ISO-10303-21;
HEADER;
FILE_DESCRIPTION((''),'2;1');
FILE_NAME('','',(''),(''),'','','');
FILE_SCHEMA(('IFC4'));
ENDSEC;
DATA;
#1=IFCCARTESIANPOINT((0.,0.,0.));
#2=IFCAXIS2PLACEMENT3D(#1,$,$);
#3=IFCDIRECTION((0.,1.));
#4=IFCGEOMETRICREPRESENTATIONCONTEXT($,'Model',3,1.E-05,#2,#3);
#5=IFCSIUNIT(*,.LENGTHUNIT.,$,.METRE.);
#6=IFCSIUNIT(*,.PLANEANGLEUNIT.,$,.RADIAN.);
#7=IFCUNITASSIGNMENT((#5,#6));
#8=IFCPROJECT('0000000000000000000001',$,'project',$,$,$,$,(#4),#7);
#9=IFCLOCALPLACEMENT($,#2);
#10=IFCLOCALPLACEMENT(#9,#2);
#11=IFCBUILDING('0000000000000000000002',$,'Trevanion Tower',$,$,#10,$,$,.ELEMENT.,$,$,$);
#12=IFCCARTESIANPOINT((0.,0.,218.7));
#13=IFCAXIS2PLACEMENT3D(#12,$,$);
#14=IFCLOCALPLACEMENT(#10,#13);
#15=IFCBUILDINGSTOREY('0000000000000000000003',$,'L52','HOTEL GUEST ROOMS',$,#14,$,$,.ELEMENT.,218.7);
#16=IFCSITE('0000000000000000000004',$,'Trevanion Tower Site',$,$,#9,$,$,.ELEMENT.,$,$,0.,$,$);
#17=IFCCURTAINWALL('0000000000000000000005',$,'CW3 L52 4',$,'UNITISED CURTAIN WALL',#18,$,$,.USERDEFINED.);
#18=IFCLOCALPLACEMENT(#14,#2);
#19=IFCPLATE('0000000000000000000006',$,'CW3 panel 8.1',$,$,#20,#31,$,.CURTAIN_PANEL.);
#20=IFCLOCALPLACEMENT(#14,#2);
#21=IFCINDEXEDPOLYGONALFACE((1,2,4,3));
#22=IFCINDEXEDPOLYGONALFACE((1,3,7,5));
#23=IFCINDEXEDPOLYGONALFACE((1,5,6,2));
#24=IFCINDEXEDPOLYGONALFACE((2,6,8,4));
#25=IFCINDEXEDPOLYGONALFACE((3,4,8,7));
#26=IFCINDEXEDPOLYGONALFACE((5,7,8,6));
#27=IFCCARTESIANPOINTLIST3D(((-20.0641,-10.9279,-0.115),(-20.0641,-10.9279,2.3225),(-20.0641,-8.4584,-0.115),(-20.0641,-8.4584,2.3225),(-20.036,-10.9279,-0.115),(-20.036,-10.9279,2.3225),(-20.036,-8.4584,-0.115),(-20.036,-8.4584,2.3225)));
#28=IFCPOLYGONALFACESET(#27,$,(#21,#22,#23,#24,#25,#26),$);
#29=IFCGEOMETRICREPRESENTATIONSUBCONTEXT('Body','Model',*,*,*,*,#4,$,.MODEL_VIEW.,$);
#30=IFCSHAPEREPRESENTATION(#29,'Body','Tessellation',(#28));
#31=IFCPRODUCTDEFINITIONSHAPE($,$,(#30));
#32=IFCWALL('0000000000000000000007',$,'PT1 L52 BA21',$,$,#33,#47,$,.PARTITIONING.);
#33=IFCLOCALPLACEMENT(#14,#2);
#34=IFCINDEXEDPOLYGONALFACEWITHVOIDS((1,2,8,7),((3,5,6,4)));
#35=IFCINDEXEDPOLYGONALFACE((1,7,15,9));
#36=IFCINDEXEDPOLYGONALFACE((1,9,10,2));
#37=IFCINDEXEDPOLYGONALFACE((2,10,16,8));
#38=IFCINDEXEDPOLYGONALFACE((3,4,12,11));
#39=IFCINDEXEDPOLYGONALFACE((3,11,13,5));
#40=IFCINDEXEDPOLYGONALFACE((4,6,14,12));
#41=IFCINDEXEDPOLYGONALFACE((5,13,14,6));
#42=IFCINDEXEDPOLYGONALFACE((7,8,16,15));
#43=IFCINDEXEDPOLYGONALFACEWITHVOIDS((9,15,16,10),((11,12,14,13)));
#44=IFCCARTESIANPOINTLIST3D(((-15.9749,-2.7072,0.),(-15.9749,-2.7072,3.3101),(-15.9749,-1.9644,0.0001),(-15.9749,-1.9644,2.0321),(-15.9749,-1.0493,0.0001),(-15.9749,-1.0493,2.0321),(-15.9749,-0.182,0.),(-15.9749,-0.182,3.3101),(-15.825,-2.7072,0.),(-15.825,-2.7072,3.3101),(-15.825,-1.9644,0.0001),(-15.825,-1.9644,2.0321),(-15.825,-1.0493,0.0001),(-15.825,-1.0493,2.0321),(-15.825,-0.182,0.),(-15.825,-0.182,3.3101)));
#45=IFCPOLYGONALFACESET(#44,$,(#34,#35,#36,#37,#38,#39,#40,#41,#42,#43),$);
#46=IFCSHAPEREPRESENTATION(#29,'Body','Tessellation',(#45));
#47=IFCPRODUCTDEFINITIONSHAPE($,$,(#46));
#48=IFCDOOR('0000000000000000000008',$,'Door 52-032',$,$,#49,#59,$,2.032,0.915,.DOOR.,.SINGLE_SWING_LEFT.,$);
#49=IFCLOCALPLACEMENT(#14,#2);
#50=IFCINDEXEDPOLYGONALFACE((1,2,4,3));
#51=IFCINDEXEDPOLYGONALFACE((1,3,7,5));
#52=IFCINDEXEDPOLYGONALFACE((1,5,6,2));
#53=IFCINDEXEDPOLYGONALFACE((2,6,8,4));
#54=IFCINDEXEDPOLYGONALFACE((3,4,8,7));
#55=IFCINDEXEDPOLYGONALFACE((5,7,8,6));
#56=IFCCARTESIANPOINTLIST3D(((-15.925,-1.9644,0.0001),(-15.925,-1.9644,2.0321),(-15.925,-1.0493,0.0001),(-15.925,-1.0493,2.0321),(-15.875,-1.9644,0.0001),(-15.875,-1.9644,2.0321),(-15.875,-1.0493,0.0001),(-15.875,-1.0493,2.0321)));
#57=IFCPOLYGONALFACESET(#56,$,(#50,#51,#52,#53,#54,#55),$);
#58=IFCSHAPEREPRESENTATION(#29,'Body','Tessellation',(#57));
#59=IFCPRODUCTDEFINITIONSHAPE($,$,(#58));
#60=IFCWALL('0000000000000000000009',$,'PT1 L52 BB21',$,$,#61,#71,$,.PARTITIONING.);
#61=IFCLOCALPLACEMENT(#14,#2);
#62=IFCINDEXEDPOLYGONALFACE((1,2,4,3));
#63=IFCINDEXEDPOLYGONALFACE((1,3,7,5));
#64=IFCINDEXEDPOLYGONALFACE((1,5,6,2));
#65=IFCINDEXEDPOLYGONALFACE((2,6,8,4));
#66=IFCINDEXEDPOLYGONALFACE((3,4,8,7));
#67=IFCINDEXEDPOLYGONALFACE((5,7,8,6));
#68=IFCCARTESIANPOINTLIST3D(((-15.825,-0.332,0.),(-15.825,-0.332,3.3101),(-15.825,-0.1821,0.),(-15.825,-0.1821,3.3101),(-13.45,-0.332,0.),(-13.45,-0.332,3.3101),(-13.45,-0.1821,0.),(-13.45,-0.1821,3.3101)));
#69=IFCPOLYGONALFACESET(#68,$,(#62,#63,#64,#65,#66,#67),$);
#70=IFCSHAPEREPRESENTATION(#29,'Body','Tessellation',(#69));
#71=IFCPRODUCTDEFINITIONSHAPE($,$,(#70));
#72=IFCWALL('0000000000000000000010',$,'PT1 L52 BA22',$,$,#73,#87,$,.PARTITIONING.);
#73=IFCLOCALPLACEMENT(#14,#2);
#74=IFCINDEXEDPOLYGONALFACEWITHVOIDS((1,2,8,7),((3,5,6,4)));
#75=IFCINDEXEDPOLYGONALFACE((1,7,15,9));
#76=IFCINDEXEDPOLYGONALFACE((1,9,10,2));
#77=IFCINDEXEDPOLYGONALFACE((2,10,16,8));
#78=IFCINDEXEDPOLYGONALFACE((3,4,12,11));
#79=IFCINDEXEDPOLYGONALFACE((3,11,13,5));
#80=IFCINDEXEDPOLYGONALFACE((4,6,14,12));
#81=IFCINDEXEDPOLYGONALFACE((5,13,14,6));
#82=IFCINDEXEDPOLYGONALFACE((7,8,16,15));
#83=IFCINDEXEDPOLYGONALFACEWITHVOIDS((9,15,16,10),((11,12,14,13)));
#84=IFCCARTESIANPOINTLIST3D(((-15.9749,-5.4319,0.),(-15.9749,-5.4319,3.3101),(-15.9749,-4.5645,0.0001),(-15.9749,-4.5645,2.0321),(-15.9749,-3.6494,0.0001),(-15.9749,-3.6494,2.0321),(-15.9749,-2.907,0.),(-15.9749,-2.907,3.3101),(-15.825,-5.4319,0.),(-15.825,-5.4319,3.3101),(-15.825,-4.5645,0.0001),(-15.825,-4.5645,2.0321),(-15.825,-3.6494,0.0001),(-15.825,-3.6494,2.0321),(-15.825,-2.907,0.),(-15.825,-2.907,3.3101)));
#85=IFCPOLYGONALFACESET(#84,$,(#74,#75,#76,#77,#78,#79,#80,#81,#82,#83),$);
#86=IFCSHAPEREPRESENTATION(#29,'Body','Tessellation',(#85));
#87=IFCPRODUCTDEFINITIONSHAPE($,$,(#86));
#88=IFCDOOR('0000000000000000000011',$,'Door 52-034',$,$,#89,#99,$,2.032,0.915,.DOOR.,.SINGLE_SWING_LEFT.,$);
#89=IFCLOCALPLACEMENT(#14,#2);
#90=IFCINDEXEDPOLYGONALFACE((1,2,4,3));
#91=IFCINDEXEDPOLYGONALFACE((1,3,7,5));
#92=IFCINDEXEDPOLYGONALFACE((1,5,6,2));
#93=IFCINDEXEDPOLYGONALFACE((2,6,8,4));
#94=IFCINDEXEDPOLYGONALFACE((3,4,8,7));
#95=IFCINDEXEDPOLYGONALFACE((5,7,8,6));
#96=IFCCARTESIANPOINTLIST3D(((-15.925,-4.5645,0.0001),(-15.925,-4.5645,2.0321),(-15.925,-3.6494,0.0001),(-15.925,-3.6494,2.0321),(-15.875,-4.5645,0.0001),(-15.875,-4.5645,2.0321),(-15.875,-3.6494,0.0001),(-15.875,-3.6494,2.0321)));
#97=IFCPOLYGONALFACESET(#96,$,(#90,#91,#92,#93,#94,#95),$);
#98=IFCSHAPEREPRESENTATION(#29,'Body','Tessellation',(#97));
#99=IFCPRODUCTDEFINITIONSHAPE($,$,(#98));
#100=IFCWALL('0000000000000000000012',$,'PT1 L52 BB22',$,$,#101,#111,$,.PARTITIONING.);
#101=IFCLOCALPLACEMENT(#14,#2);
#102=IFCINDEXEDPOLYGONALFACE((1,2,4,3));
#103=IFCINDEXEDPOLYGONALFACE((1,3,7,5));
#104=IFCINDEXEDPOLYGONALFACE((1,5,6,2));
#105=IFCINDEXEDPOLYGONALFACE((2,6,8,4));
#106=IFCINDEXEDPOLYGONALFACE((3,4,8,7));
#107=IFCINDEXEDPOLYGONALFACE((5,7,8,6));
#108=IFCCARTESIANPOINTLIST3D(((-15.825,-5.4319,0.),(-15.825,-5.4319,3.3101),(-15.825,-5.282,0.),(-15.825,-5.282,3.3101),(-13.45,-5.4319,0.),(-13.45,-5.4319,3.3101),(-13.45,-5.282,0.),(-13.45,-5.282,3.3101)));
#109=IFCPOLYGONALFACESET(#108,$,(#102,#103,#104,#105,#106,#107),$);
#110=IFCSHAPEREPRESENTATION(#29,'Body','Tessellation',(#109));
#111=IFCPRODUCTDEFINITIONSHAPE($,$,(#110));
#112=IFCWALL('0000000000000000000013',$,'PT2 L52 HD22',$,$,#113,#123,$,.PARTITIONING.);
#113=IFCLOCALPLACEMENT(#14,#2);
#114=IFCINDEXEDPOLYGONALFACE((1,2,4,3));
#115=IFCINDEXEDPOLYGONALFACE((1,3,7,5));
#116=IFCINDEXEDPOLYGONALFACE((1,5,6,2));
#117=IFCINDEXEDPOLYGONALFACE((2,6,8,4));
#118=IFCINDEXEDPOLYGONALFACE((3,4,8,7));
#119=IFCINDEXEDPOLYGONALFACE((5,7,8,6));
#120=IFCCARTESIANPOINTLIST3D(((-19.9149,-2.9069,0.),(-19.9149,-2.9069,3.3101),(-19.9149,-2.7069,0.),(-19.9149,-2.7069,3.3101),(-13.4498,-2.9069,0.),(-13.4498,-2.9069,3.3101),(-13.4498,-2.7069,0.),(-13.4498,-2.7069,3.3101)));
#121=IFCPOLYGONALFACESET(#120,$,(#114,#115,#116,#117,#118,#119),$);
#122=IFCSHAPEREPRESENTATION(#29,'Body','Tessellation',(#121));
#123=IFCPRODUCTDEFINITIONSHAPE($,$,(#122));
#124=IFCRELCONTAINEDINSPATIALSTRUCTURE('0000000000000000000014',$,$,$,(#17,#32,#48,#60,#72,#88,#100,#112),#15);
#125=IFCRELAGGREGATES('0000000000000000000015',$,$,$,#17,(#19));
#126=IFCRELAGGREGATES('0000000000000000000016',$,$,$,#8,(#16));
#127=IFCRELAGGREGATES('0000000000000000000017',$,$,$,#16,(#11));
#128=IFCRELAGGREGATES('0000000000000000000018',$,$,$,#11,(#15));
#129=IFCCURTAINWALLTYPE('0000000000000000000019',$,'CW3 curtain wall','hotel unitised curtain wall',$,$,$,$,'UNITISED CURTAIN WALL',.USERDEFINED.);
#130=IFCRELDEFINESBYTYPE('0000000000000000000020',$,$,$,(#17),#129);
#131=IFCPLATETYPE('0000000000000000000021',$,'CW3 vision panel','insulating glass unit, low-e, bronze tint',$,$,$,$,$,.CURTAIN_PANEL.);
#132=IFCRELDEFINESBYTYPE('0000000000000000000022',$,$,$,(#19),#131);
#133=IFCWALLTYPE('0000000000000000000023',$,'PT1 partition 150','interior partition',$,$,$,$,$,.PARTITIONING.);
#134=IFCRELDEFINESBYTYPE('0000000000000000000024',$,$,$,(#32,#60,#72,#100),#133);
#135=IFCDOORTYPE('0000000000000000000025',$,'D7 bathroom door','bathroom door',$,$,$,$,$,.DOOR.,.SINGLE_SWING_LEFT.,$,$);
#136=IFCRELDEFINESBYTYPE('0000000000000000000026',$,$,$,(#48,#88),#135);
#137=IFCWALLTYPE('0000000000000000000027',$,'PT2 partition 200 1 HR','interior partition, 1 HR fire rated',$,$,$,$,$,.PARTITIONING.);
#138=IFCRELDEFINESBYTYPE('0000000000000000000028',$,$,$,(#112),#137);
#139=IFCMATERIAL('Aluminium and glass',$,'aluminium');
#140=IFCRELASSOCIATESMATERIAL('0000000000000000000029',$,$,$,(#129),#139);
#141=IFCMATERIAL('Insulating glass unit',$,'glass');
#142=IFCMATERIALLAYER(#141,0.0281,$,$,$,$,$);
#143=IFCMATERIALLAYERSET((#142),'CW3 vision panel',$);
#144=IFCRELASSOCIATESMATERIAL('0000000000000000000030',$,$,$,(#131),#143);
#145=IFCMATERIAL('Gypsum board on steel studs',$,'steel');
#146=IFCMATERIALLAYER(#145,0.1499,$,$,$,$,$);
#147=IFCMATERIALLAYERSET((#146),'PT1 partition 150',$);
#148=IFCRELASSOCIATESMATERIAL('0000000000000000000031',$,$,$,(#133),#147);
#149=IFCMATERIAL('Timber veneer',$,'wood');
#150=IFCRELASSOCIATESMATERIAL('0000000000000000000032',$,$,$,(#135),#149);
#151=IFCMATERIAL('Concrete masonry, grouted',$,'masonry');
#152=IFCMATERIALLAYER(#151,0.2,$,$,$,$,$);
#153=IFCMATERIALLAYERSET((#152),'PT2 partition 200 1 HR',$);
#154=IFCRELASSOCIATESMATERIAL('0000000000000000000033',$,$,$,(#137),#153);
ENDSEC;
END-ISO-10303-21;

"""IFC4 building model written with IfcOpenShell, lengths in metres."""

from ifc_helpers import new_model, si_unit, direction, frame, frame_2d, origin, origin_2d, place, context, subcontext, project, spatial, rectangle, extrude, material, layer, layer_set, type_object, element, fill, aggregate, save


model = new_model("IFC4")

# Units and contexts
model_context = context("Model", 3, precision=1e-05, world=origin(), true_north=direction((0.0, 1.0)))
body_context = subcontext(model_context, "Body", "Model", "MODEL_VIEW")
ifc_project = project(units=[si_unit("LENGTHUNIT", "METRE"), si_unit("PLANEANGLEUNIT", "RADIAN")], contexts=[model_context])

# Site, building, storey
site_placement = place(None, origin())
site = spatial("IfcSite", under=ifc_project, at=site_placement, Name="Trevanion Tower Site", CompositionType="ELEMENT", RefElevation=0.0)
building_placement = place(site_placement, origin())
building = spatial("IfcBuilding", under=site, at=building_placement, Name="Trevanion Tower", CompositionType="ELEMENT")
storey_placement = place(building_placement, frame((0.0, 0.0, 218.7)))
storey = spatial("IfcBuildingStorey", under=building, at=storey_placement, Name="L52", Description="HOTEL GUEST ROOMS", CompositionType="ELEMENT", Elevation=218.7)

# Curtain wall
ifc_material_1 = material(Name="Aluminium and glass", Category="aluminium")
curtain_wall_type = type_object("IfcCurtainWallType", Name="CW3 curtain wall", Description="hotel unitised curtain wall", ElementType="UNITISED CURTAIN WALL", PredefinedType="USERDEFINED", material=ifc_material_1)
curtain_wall_placement = place(storey_placement, origin())
curtain_wall = element("IfcCurtainWall", 1, at=curtain_wall_placement, inside=storey, type_object=curtain_wall_type, Name="CW3 L52 4", ObjectType="UNITISED CURTAIN WALL", PredefinedType="USERDEFINED")

# Plate
ifc_material_2 = material(Name="Insulating glass unit", Category="glass")
ifc_layer_1 = layer(ifc_material_2, 0.0281)
ifc_layer_set_1 = layer_set([ifc_layer_1], Name="CW3 vision panel")
plate_type_1 = type_object("IfcPlateType", Name="CW3 vision panel", Description="insulating glass unit, low-e, bronze tint", PredefinedType="CURTAIN_PANEL", material=ifc_layer_set_1)
plate_1_placement = place(storey_placement, frame((-20.05, -9.6931, -0.115), z_axis=(0.0, 0.0, 1.0), x_axis=(0.0, -1.0, 0.0)))
plate_1 = element("IfcPlate", 2, at=plate_1_placement, type_object=plate_type_1, Name="CW3 panel 8.1", PredefinedType="CURTAIN_PANEL", context=body_context, shape_type="SweptSolid", body=[
    extrude(rectangle(XDim=2.4695, YDim=0.0281, at=origin_2d()), origin(), (0.0, 0.0, 1.0), 2.4375),
])
aggregate(curtain_wall, [plate_1])

# Wall, opening, door
ifc_material_3 = material(Name="Gypsum board on steel studs", Category="steel")
ifc_layer_2 = layer(ifc_material_3, 0.1499)
ifc_layer_set_2 = layer_set([ifc_layer_2], Name="PT1 partition 150")
wall_type_1 = type_object("IfcWallType", Name="PT1 partition 150", Description="interior partition", PredefinedType="PARTITIONING", material=ifc_layer_set_2)
wall_1_placement = place(storey_placement, frame((-15.8999, -0.1819, 0.0), z_axis=(0.0, 0.0, 1.0), x_axis=(0.0, -1.0, 0.0)))
wall_1 = element("IfcWall", 3, at=wall_1_placement, inside=storey, type_object=wall_type_1, Name="PT1 L52 BA21", PredefinedType="PARTITIONING", context=body_context, shape_type="SweptSolid", body=[
    extrude(rectangle(XDim=2.5251, YDim=0.1499, at=frame_2d((1.2627, 0.0))), origin(), (0.0, 0.0, 1.0), 3.3101),
])
opening_1_placement = place(wall_1_placement, frame((0.8674, 0.0, 0.0)))
opening_1 = element("IfcOpeningElement", 4, at=opening_1_placement, cuts=wall_1, PredefinedType="OPENING", context=body_context, shape_type="SweptSolid", body=[
    extrude(rectangle(XDim=0.915, YDim=2.032, at=frame_2d((0.4575, 1.0161))), frame((0.0, 0.085, 0.0), z_axis=(0.0, -1.0, 0.0), x_axis=(1.0, 0.0, 0.0)), (0.0, 0.0, 1.0), 0.1699),
])
ifc_material_4 = material(Name="Timber veneer", Category="wood")
door_type = type_object("IfcDoorType", Name="D7 bathroom door", Description="bathroom door", OperationType="SINGLE_SWING_LEFT", PredefinedType="DOOR", material=ifc_material_4)
door_1_placement = place(opening_1_placement, origin())
door_1 = element("IfcDoor", 5, at=door_1_placement, inside=storey, type_object=door_type, Name="Door 52-032", OperationType="SINGLE_SWING_LEFT", OverallHeight=2.032, OverallWidth=0.915, PredefinedType="DOOR", context=body_context, shape_type="SweptSolid", body=[
    extrude(rectangle(XDim=0.915, YDim=2.032, at=frame_2d((0.4575, 1.0161))), frame((0.0, 0.0249, 0.0), z_axis=(0.0, -1.0, 0.0), x_axis=(1.0, 0.0, 0.0)), (0.0, 0.0, 1.0), 0.05),
])
fill(opening_1, door_1)

# Wall
wall_2_placement = place(storey_placement, frame((-13.45, -0.2571, 0.0), z_axis=(0.0, 0.0, 1.0), x_axis=(-1.0, 0.0, 0.0)))
element("IfcWall", 6, at=wall_2_placement, inside=storey, type_object=wall_type_1, Name="PT1 L52 BB21", PredefinedType="PARTITIONING", context=body_context, shape_type="SweptSolid", body=[
    extrude(rectangle(XDim=2.375, YDim=0.1499, at=frame_2d((1.1875, 0.0))), origin(), (0.0, 0.0, 1.0), 3.3101),
])

# Wall, opening, door
wall_3_placement = place(storey_placement, frame((-15.8999, -2.907, 0.0), z_axis=(0.0, 0.0, 1.0), x_axis=(0.0, -1.0, 0.0)))
wall_3 = element("IfcWall", 7, at=wall_3_placement, inside=storey, type_object=wall_type_1, Name="PT1 L52 BA22", PredefinedType="PARTITIONING", context=body_context, shape_type="SweptSolid", body=[
    extrude(rectangle(XDim=2.5249, YDim=0.1499, at=frame_2d((1.2625, 0.0))), origin(), (0.0, 0.0, 1.0), 3.3101),
])
opening_2_placement = place(wall_3_placement, frame((0.7424, 0.0, 0.0)))
opening_2 = element("IfcOpeningElement", 8, at=opening_2_placement, cuts=wall_3, PredefinedType="OPENING", context=body_context, shape_type="SweptSolid", body=[
    extrude(rectangle(XDim=0.915, YDim=2.032, at=frame_2d((0.4575, 1.0161))), frame((0.0, 0.085, 0.0), z_axis=(0.0, -1.0, 0.0), x_axis=(1.0, 0.0, 0.0)), (0.0, 0.0, 1.0), 0.1699),
])
door_2_placement = place(opening_2_placement, origin())
door_2 = element("IfcDoor", 9, at=door_2_placement, inside=storey, type_object=door_type, Name="Door 52-034", OperationType="SINGLE_SWING_LEFT", OverallHeight=2.032, OverallWidth=0.915, PredefinedType="DOOR", context=body_context, shape_type="SweptSolid", body=[
    extrude(rectangle(XDim=0.915, YDim=2.032, at=frame_2d((0.4575, 1.0161))), frame((0.0, 0.0249, 0.0), z_axis=(0.0, -1.0, 0.0), x_axis=(1.0, 0.0, 0.0)), (0.0, 0.0, 1.0), 0.05),
])
fill(opening_2, door_2)

# Walls
wall_4_placement = place(storey_placement, frame((-13.45, -5.3569, 0.0), z_axis=(0.0, 0.0, 1.0), x_axis=(-1.0, 0.0, 0.0)))
element("IfcWall", 10, at=wall_4_placement, inside=storey, type_object=wall_type_1, Name="PT1 L52 BB22", PredefinedType="PARTITIONING", context=body_context, shape_type="SweptSolid", body=[
    extrude(rectangle(XDim=2.375, YDim=0.1499, at=frame_2d((1.1875, 0.0))), origin(), (0.0, 0.0, 1.0), 3.3101),
])
ifc_material_5 = material(Name="Concrete masonry, grouted", Category="masonry")
ifc_layer_3 = layer(ifc_material_5, 0.2)
ifc_layer_set_3 = layer_set([ifc_layer_3], Name="PT2 partition 200 1 HR")
wall_type_2 = type_object("IfcWallType", Name="PT2 partition 200 1 HR", Description="interior partition, 1 HR fire rated", PredefinedType="PARTITIONING", material=ifc_layer_set_3)
wall_5_placement = place(storey_placement, frame((-13.45, -2.8069, 0.0), z_axis=(0.0, 0.0, 1.0), x_axis=(-1.0, 0.0, 0.0)))
element("IfcWall", 11, at=wall_5_placement, inside=storey, type_object=wall_type_2, Name="PT2 L52 HD22", PredefinedType="PARTITIONING", context=body_context, shape_type="SweptSolid", body=[
    extrude(rectangle(XDim=6.4651, YDim=0.2, at=frame_2d((3.2324, 0.0))), origin(), (0.0, 0.0, 1.0), 3.3101),
])

save(model, "model.ifc")
